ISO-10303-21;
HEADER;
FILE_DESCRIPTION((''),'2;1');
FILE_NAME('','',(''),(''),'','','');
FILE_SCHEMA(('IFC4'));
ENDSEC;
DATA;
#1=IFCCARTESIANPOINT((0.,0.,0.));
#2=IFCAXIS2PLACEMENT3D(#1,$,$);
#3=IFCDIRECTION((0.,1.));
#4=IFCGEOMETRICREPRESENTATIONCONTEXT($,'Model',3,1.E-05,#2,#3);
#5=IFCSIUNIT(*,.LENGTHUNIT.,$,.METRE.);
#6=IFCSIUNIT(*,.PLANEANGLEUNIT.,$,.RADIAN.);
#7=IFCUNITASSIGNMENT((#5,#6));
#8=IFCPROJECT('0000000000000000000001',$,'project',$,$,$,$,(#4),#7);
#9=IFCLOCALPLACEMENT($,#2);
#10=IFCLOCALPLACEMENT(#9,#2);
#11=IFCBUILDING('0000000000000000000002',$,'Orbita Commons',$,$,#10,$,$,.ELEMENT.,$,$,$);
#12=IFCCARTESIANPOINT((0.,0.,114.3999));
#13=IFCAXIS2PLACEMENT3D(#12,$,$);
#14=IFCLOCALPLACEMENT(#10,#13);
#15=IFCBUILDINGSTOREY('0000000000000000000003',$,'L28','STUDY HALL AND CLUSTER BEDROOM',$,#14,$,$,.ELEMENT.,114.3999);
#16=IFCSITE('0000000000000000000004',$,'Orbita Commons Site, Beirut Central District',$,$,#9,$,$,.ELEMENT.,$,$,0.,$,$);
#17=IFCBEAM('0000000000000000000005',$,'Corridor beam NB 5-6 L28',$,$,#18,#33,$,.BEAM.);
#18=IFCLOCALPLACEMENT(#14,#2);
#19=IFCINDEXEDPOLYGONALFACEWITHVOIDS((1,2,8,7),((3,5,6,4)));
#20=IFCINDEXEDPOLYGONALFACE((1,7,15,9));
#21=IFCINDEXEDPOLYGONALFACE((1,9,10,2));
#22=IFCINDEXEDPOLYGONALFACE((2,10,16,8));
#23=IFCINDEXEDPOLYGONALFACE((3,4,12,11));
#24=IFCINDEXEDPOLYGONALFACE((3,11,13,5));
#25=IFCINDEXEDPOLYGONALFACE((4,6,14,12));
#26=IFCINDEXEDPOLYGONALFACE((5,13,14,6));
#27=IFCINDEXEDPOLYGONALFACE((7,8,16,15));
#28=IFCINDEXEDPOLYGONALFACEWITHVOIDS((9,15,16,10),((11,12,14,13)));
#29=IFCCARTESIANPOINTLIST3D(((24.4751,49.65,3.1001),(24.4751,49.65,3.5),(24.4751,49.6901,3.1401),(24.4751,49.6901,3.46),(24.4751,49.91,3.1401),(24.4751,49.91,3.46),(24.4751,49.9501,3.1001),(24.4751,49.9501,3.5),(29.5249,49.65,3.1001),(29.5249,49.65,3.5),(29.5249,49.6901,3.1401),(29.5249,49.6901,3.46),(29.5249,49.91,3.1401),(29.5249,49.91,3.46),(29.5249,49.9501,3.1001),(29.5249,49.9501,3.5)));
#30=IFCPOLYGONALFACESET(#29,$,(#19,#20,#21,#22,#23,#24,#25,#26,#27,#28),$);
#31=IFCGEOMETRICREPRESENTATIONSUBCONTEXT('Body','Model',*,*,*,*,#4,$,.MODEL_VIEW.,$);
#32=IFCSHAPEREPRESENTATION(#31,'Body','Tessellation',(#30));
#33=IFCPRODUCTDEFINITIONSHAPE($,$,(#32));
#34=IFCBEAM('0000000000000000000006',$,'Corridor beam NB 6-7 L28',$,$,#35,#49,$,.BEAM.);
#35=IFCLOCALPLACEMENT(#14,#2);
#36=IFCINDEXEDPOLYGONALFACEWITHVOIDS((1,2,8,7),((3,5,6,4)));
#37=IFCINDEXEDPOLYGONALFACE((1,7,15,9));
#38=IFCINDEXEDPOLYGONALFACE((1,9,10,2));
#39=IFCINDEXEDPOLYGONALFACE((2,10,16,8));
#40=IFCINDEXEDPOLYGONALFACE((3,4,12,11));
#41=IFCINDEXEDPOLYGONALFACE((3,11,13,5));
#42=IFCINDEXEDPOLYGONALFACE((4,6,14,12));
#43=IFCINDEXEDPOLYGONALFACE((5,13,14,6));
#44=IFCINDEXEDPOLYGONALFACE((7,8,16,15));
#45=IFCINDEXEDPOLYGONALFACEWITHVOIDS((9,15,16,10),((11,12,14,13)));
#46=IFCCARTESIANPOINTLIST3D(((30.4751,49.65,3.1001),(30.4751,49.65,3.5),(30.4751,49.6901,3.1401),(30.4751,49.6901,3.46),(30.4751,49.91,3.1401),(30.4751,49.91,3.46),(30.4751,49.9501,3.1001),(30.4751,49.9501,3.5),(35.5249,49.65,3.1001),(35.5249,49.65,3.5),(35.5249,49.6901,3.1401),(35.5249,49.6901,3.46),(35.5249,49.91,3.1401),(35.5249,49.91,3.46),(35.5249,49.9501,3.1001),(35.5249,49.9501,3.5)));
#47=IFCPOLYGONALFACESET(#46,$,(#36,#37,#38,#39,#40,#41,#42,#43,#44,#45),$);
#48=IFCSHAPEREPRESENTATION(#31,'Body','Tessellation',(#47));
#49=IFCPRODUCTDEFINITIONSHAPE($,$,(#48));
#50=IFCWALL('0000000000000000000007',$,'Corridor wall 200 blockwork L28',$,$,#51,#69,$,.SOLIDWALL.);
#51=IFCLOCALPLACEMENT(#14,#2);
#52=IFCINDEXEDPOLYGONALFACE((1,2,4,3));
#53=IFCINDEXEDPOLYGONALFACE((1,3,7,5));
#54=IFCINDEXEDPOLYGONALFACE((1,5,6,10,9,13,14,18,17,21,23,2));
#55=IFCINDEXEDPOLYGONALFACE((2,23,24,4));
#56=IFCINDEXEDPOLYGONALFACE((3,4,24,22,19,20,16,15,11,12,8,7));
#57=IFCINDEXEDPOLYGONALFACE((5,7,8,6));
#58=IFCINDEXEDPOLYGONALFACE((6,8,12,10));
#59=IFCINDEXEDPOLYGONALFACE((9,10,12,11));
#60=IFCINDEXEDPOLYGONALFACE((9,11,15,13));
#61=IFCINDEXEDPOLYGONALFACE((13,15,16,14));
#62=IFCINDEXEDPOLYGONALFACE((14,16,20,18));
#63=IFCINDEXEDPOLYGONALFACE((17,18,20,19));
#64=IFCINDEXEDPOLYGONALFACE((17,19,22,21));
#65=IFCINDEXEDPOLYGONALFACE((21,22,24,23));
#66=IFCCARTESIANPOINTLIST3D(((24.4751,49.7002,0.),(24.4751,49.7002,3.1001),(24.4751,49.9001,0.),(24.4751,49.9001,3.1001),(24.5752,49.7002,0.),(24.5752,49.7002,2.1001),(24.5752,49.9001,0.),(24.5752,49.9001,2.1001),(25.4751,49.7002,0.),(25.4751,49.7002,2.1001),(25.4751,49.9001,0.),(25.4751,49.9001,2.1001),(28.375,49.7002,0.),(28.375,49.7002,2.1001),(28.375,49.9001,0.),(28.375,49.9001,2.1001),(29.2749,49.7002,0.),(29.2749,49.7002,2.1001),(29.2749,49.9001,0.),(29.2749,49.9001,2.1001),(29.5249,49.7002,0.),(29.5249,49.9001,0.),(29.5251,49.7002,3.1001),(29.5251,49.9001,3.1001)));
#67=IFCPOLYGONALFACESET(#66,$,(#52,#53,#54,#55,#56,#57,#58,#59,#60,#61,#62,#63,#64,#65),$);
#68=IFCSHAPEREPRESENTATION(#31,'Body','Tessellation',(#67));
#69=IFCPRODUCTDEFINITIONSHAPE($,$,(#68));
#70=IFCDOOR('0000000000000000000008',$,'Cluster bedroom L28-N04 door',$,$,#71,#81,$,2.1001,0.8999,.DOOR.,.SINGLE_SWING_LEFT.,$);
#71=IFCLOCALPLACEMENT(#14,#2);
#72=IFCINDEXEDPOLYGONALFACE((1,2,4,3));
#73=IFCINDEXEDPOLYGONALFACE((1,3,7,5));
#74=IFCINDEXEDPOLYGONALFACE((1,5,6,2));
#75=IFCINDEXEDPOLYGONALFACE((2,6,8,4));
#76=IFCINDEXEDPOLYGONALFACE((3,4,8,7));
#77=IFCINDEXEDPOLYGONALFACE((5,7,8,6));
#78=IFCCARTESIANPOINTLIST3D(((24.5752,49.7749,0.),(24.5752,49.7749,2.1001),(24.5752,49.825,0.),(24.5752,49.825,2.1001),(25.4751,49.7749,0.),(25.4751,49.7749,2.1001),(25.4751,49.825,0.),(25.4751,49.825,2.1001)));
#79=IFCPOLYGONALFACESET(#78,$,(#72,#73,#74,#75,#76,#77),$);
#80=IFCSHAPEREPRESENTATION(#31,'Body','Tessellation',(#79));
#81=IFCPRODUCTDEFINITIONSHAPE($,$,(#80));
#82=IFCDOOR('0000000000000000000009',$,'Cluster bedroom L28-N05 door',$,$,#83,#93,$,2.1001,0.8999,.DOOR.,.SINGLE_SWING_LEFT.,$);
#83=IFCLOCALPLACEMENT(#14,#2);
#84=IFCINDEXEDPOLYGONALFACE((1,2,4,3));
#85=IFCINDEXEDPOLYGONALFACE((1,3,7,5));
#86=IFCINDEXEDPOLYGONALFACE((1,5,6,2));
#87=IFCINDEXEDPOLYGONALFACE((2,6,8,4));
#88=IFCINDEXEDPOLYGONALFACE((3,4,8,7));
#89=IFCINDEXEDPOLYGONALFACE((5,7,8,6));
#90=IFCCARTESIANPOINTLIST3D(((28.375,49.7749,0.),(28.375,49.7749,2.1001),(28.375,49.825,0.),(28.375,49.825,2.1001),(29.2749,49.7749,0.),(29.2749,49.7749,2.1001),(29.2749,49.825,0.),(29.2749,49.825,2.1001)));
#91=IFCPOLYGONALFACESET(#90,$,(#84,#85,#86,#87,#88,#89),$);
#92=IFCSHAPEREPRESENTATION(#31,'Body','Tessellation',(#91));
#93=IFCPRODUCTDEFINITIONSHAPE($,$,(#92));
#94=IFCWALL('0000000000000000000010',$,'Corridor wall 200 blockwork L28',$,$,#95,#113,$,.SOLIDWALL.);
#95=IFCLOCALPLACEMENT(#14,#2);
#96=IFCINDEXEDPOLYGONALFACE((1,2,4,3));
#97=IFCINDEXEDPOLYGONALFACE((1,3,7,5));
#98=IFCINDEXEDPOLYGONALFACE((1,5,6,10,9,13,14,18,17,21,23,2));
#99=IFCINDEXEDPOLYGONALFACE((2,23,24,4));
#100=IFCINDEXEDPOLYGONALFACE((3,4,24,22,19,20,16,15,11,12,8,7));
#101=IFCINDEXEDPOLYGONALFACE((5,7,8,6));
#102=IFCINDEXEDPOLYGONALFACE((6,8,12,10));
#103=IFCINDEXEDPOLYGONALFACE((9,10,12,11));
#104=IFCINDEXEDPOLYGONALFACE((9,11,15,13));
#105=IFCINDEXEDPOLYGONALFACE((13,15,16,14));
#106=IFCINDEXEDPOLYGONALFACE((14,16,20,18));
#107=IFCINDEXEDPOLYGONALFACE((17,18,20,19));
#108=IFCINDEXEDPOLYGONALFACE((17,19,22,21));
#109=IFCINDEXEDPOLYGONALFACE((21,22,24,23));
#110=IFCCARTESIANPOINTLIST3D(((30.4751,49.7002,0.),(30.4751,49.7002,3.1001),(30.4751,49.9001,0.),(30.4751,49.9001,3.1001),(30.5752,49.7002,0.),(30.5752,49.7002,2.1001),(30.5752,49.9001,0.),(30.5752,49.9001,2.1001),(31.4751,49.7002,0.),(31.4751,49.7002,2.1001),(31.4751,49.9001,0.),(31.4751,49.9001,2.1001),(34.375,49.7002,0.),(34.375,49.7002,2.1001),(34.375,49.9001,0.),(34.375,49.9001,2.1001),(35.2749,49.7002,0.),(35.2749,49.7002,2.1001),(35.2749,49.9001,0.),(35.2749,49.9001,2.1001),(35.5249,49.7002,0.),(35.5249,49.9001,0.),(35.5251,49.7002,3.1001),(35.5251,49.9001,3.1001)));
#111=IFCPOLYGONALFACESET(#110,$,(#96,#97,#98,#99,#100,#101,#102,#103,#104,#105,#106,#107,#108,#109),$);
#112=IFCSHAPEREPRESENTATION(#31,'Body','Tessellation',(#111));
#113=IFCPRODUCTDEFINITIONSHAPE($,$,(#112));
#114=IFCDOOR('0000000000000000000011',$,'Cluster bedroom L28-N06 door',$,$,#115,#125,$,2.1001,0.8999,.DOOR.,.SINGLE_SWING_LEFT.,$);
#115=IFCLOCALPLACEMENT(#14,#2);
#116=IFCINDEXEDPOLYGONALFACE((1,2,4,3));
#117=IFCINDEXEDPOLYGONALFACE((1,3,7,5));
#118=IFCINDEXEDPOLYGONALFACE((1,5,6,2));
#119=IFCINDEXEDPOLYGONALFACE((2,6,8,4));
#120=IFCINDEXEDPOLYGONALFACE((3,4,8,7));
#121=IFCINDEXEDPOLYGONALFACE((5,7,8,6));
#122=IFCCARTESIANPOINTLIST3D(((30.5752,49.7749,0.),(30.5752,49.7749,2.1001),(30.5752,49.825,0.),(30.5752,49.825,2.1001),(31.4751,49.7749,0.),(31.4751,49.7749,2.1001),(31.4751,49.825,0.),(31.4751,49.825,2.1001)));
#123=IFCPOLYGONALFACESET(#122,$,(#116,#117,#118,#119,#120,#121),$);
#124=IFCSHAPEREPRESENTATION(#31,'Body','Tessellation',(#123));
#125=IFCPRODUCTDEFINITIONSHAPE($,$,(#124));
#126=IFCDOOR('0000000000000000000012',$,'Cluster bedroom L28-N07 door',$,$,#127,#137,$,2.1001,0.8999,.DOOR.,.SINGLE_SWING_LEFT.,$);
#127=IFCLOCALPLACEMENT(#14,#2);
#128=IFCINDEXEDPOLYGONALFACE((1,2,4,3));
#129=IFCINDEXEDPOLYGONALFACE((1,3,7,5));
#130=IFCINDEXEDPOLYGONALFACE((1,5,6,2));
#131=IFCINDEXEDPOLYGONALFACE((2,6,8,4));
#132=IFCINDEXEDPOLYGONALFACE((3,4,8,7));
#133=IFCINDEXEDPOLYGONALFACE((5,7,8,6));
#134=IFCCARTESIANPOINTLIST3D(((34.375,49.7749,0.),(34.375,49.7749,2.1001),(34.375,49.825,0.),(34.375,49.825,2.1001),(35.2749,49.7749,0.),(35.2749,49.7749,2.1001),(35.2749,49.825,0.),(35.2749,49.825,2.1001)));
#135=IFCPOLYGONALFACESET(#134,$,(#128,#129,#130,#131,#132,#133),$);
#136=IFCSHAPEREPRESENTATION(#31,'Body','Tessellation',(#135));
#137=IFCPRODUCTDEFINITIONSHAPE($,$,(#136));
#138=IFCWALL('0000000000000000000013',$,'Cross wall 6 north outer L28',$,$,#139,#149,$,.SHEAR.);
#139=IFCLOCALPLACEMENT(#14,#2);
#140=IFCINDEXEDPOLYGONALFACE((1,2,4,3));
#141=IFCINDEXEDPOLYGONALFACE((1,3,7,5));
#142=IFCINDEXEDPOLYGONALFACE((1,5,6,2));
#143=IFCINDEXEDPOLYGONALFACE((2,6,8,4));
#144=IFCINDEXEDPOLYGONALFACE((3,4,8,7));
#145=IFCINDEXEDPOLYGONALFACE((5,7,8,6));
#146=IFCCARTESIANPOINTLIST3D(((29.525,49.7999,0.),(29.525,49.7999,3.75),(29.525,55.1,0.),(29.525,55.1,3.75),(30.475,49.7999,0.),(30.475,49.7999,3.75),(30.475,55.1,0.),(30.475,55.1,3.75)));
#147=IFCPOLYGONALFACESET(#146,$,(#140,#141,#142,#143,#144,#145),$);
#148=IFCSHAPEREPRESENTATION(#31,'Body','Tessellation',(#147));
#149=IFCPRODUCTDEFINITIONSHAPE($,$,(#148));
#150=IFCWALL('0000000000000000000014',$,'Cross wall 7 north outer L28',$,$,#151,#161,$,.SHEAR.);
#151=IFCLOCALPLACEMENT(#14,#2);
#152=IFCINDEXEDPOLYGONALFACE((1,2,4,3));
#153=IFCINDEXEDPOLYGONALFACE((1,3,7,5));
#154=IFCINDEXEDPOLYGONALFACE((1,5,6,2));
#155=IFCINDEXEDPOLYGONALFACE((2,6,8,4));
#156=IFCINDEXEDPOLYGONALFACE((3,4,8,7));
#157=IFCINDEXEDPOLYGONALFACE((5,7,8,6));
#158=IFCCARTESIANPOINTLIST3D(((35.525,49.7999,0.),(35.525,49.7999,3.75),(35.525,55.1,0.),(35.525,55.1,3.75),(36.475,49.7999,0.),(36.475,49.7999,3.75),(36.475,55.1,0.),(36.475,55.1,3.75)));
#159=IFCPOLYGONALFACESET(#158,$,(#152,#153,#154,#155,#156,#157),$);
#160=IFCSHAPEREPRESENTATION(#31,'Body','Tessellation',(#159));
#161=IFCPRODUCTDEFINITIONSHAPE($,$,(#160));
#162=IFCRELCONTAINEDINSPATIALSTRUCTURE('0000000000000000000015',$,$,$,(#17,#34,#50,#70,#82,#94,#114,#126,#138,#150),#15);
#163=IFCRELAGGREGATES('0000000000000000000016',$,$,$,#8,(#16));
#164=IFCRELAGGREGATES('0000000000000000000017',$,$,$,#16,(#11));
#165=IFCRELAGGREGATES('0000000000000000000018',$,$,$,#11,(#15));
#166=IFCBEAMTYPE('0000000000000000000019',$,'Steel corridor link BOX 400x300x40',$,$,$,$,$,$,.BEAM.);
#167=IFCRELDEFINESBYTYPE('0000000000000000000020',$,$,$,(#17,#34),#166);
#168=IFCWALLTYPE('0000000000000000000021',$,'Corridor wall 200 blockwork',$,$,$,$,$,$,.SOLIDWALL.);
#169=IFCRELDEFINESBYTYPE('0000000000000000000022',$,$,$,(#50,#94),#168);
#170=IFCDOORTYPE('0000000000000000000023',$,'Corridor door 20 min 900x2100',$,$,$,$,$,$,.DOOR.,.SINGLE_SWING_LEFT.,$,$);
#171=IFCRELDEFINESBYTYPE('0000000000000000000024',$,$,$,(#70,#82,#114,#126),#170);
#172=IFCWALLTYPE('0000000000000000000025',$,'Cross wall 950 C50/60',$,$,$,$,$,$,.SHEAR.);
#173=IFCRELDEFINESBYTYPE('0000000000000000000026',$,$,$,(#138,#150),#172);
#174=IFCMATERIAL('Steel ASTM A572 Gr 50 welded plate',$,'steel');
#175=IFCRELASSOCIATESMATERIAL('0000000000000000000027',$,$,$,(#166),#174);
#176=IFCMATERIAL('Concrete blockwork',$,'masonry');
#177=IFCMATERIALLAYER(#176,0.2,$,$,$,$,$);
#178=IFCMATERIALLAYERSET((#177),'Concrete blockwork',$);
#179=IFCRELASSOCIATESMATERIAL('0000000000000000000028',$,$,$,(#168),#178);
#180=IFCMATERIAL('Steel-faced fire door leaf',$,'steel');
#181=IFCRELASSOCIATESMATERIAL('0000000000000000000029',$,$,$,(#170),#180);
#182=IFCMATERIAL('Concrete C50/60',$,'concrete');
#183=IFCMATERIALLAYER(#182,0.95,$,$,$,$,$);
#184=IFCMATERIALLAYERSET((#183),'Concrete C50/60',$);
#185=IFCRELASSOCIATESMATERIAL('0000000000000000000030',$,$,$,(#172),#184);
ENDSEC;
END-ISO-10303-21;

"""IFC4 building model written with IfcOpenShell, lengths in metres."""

from ifc_helpers import new_model, si_unit, direction, frame, frame_2d, origin, origin_2d, place, context, subcontext, project, spatial, polyline, rectangle, hollow_rectangle, outline, extrude, material, layer, layer_set, material_profile, profile_set, type_object, element, fill, save


model = new_model("IFC4")

# Units and contexts
model_context = context("Model", 3, precision=1e-05, world=origin(), true_north=direction((0.0, 1.0)))
body_context = subcontext(model_context, "Body", "Model", "MODEL_VIEW")
ifc_project = project(units=[si_unit("LENGTHUNIT", "METRE"), si_unit("PLANEANGLEUNIT", "RADIAN")], contexts=[model_context])

# Site, building, storey
site_placement = place(None, origin())
site = spatial("IfcSite", under=ifc_project, at=site_placement, Name="Orbita Commons Site, Beirut Central District", CompositionType="ELEMENT", RefElevation=0.0)
building_placement = place(site_placement, origin())
building = spatial("IfcBuilding", under=site, at=building_placement, Name="Orbita Commons", CompositionType="ELEMENT")
storey_placement = place(building_placement, frame((0.0, 0.0, 114.3999)))
storey = spatial("IfcBuildingStorey", under=building, at=storey_placement, Name="L28", Description="STUDY HALL AND CLUSTER BEDROOM", CompositionType="ELEMENT", Elevation=114.3999)

# Beams
ifc_material_1 = material(Name="Steel ASTM A572 Gr 50 welded plate", Category="steel")
ifc_material_profile = material_profile(ifc_material_1, hollow_rectangle(XDim=0.3, YDim=0.3999, WallThickness=0.04, at=origin_2d()), Name="BOX 400x300x40")
ifc_profile_set = profile_set([ifc_material_profile], Name="Steel ASTM A572 Gr 50 welded plate")
beam_type = type_object("IfcBeamType", Name="Steel corridor link BOX 400x300x40", PredefinedType="BEAM", material=ifc_profile_set)
for number, where, z_axis, x_axis, name in (
    (1, (24.4751, 49.8, 3.3), (1.0, 0.0, 0.0), (0.0, 1.0, 0.0), "Corridor beam NB 5-6 L28"),
    (2, (30.4751, 49.8, 3.3), (1.0, 0.0, 0.0), (0.0, 1.0, 0.0), "Corridor beam NB 6-7 L28"),
):
    element("IfcBeam", number, at=place(storey_placement, frame(where, z_axis=z_axis, x_axis=x_axis)), inside=storey, type_object=beam_type, Name=name, PredefinedType="BEAM", context=body_context, shape_type="SweptSolid", body=[
        extrude(hollow_rectangle(XDim=0.3, YDim=0.3999, WallThickness=0.04, at=origin_2d()), origin(), (0.0, 0.0, 1.0), 5.0498),
    ])

# Walls, openings, doors
ifc_material_2 = material(Name="Concrete blockwork", Category="masonry")
ifc_layer_1 = layer(ifc_material_2, 0.2)
ifc_layer_set_1 = layer_set([ifc_layer_1], Name="Concrete blockwork")
wall_type_1 = type_object("IfcWallType", Name="Corridor wall 200 blockwork", PredefinedType="SOLIDWALL", material=ifc_layer_set_1)
wall_1_placement = place(storey_placement, frame((24.4751, 49.8, 0.0), z_axis=(0.0, 0.0, 1.0), x_axis=(1.0, 0.0, 0.0)))
wall_1 = element("IfcWall", 3, at=wall_1_placement, inside=storey, type_object=wall_type_1, Name="Corridor wall 200 blockwork L28", PredefinedType="SOLIDWALL", context=body_context, shape_type="SweptSolid", body=[
    extrude(outline(polyline([(0.0, 0.0), (5.0498, 0.0), (5.05, 3.1001), (0.0, 3.1001), (0.0, 0.0)])), frame((0.0, 0.1001, 0.0), z_axis=(0.0, -1.0, 0.0), x_axis=(1.0, 0.0, 0.0)), (0.0, 0.0, 1.0), 0.2),
])
opening_1_placement = place(wall_1_placement, frame((0.1001, 0.0, 0.0)))
opening_1 = element("IfcOpeningElement", 4, at=opening_1_placement, cuts=wall_1, PredefinedType="OPENING", context=body_context, shape_type="SweptSolid", body=[
    extrude(rectangle(XDim=0.8999, YDim=2.1001, at=frame_2d((0.45, 1.05))), frame((0.0, 0.1099, 0.0), z_axis=(0.0, -1.0, 0.0), x_axis=(1.0, 0.0, 0.0)), (0.0, 0.0, 1.0), 0.22),
])
opening_2_placement = place(wall_1_placement, frame((3.8999, 0.0, 0.0)))
opening_2 = element("IfcOpeningElement", 5, at=opening_2_placement, cuts=wall_1, PredefinedType="OPENING", context=body_context, shape_type="SweptSolid", body=[
    extrude(rectangle(XDim=0.8999, YDim=2.1001, at=frame_2d((0.45, 1.05))), frame((0.0, 0.1099, 0.0), z_axis=(0.0, -1.0, 0.0), x_axis=(1.0, 0.0, 0.0)), (0.0, 0.0, 1.0), 0.22),
])
ifc_material_3 = material(Name="Steel-faced fire door leaf", Category="steel")
door_type_1 = type_object("IfcDoorType", Name="Corridor door 20 min 900x2100", OperationType="SINGLE_SWING_LEFT", PredefinedType="DOOR", material=ifc_material_3)
door_1_placement = place(opening_1_placement, origin())
door_1 = element("IfcDoor", 6, at=door_1_placement, inside=storey, type_object=door_type_1, Name="Cluster bedroom L28-N04 door", OperationType="SINGLE_SWING_LEFT", OverallHeight=2.1001, OverallWidth=0.8999, PredefinedType="DOOR", context=body_context, shape_type="SweptSolid", body=[
    extrude(rectangle(XDim=0.8999, YDim=2.1001, at=frame_2d((0.45, 1.05))), frame((0.0, 0.0249, 0.0), z_axis=(0.0, -1.0, 0.0), x_axis=(1.0, 0.0, 0.0)), (0.0, 0.0, 1.0), 0.05),
])
fill(opening_1, door_1)
door_2_placement = place(opening_2_placement, origin())
door_2 = element("IfcDoor", 7, at=door_2_placement, inside=storey, type_object=door_type_1, Name="Cluster bedroom L28-N05 door", OperationType="SINGLE_SWING_LEFT", OverallHeight=2.1001, OverallWidth=0.8999, PredefinedType="DOOR", context=body_context, shape_type="SweptSolid", body=[
    extrude(rectangle(XDim=0.8999, YDim=2.1001, at=frame_2d((0.45, 1.05))), frame((0.0, 0.0249, 0.0), z_axis=(0.0, -1.0, 0.0), x_axis=(1.0, 0.0, 0.0)), (0.0, 0.0, 1.0), 0.05),
])
fill(opening_2, door_2)
wall_2_placement = place(storey_placement, frame((30.4751, 49.8, 0.0), z_axis=(0.0, 0.0, 1.0), x_axis=(1.0, 0.0, 0.0)))
wall_2 = element("IfcWall", 8, at=wall_2_placement, inside=storey, type_object=wall_type_1, Name="Corridor wall 200 blockwork L28", PredefinedType="SOLIDWALL", context=body_context, shape_type="SweptSolid", body=[
    extrude(outline(polyline([(0.0, 0.0), (5.0498, 0.0), (5.05, 3.1001), (0.0, 3.1001), (0.0, 0.0)])), frame((0.0, 0.1001, 0.0), z_axis=(0.0, -1.0, 0.0), x_axis=(1.0, 0.0, 0.0)), (0.0, 0.0, 1.0), 0.2),
])
opening_3_placement = place(wall_2_placement, frame((0.1001, 0.0, 0.0)))
opening_3 = element("IfcOpeningElement", 9, at=opening_3_placement, cuts=wall_2, PredefinedType="OPENING", context=body_context, shape_type="SweptSolid", body=[
    extrude(rectangle(XDim=0.8999, YDim=2.1001, at=frame_2d((0.45, 1.05))), frame((0.0, 0.1099, 0.0), z_axis=(0.0, -1.0, 0.0), x_axis=(1.0, 0.0, 0.0)), (0.0, 0.0, 1.0), 0.22),
])
opening_4_placement = place(wall_2_placement, frame((3.8999, 0.0, 0.0)))
opening_4 = element("IfcOpeningElement", 10, at=opening_4_placement, cuts=wall_2, PredefinedType="OPENING", context=body_context, shape_type="SweptSolid", body=[
    extrude(rectangle(XDim=0.8999, YDim=2.1001, at=frame_2d((0.45, 1.05))), frame((0.0, 0.1099, 0.0), z_axis=(0.0, -1.0, 0.0), x_axis=(1.0, 0.0, 0.0)), (0.0, 0.0, 1.0), 0.22),
])
door_3_placement = place(opening_3_placement, origin())
door_3 = element("IfcDoor", 11, at=door_3_placement, inside=storey, type_object=door_type_1, Name="Cluster bedroom L28-N06 door", OperationType="SINGLE_SWING_LEFT", OverallHeight=2.1001, OverallWidth=0.8999, PredefinedType="DOOR", context=body_context, shape_type="SweptSolid", body=[
    extrude(rectangle(XDim=0.8999, YDim=2.1001, at=frame_2d((0.45, 1.05))), frame((0.0, 0.0249, 0.0), z_axis=(0.0, -1.0, 0.0), x_axis=(1.0, 0.0, 0.0)), (0.0, 0.0, 1.0), 0.05),
])
fill(opening_3, door_3)
door_4_placement = place(opening_4_placement, origin())
door_4 = element("IfcDoor", 12, at=door_4_placement, inside=storey, type_object=door_type_1, Name="Cluster bedroom L28-N07 door", OperationType="SINGLE_SWING_LEFT", OverallHeight=2.1001, OverallWidth=0.8999, PredefinedType="DOOR", context=body_context, shape_type="SweptSolid", body=[
    extrude(rectangle(XDim=0.8999, YDim=2.1001, at=frame_2d((0.45, 1.05))), frame((0.0, 0.0249, 0.0), z_axis=(0.0, -1.0, 0.0), x_axis=(1.0, 0.0, 0.0)), (0.0, 0.0, 1.0), 0.05),
])
fill(opening_4, door_4)

# Walls
ifc_material_4 = material(Name="Concrete C50/60", Category="concrete")
ifc_layer_2 = layer(ifc_material_4, 0.95)
ifc_layer_set_2 = layer_set([ifc_layer_2], Name="Concrete C50/60")
wall_type_2 = type_object("IfcWallType", Name="Cross wall 950 C50/60", PredefinedType="SHEAR", material=ifc_layer_set_2)
for number, where, z_axis, x_axis, name in (
    (13, (30.0, 49.8, 0.0), (0.0, 0.0, 1.0), (0.0, 1.0, 0.0), "Cross wall 6 north outer L28"),
    (14, (36.0, 49.8, 0.0), (0.0, 0.0, 1.0), (0.0, 1.0, 0.0), "Cross wall 7 north outer L28"),
):
    element("IfcWall", number, at=place(storey_placement, frame(where, z_axis=z_axis, x_axis=x_axis)), inside=storey, type_object=wall_type_2, Name=name, PredefinedType="SHEAR", context=body_context, shape_type="SweptSolid", body=[
        extrude(rectangle(XDim=5.3, YDim=0.95, at=frame_2d((2.6499, 0.0))), origin(), (0.0, 0.0, 1.0), 3.75),
    ])

save(model, "model.ifc")
